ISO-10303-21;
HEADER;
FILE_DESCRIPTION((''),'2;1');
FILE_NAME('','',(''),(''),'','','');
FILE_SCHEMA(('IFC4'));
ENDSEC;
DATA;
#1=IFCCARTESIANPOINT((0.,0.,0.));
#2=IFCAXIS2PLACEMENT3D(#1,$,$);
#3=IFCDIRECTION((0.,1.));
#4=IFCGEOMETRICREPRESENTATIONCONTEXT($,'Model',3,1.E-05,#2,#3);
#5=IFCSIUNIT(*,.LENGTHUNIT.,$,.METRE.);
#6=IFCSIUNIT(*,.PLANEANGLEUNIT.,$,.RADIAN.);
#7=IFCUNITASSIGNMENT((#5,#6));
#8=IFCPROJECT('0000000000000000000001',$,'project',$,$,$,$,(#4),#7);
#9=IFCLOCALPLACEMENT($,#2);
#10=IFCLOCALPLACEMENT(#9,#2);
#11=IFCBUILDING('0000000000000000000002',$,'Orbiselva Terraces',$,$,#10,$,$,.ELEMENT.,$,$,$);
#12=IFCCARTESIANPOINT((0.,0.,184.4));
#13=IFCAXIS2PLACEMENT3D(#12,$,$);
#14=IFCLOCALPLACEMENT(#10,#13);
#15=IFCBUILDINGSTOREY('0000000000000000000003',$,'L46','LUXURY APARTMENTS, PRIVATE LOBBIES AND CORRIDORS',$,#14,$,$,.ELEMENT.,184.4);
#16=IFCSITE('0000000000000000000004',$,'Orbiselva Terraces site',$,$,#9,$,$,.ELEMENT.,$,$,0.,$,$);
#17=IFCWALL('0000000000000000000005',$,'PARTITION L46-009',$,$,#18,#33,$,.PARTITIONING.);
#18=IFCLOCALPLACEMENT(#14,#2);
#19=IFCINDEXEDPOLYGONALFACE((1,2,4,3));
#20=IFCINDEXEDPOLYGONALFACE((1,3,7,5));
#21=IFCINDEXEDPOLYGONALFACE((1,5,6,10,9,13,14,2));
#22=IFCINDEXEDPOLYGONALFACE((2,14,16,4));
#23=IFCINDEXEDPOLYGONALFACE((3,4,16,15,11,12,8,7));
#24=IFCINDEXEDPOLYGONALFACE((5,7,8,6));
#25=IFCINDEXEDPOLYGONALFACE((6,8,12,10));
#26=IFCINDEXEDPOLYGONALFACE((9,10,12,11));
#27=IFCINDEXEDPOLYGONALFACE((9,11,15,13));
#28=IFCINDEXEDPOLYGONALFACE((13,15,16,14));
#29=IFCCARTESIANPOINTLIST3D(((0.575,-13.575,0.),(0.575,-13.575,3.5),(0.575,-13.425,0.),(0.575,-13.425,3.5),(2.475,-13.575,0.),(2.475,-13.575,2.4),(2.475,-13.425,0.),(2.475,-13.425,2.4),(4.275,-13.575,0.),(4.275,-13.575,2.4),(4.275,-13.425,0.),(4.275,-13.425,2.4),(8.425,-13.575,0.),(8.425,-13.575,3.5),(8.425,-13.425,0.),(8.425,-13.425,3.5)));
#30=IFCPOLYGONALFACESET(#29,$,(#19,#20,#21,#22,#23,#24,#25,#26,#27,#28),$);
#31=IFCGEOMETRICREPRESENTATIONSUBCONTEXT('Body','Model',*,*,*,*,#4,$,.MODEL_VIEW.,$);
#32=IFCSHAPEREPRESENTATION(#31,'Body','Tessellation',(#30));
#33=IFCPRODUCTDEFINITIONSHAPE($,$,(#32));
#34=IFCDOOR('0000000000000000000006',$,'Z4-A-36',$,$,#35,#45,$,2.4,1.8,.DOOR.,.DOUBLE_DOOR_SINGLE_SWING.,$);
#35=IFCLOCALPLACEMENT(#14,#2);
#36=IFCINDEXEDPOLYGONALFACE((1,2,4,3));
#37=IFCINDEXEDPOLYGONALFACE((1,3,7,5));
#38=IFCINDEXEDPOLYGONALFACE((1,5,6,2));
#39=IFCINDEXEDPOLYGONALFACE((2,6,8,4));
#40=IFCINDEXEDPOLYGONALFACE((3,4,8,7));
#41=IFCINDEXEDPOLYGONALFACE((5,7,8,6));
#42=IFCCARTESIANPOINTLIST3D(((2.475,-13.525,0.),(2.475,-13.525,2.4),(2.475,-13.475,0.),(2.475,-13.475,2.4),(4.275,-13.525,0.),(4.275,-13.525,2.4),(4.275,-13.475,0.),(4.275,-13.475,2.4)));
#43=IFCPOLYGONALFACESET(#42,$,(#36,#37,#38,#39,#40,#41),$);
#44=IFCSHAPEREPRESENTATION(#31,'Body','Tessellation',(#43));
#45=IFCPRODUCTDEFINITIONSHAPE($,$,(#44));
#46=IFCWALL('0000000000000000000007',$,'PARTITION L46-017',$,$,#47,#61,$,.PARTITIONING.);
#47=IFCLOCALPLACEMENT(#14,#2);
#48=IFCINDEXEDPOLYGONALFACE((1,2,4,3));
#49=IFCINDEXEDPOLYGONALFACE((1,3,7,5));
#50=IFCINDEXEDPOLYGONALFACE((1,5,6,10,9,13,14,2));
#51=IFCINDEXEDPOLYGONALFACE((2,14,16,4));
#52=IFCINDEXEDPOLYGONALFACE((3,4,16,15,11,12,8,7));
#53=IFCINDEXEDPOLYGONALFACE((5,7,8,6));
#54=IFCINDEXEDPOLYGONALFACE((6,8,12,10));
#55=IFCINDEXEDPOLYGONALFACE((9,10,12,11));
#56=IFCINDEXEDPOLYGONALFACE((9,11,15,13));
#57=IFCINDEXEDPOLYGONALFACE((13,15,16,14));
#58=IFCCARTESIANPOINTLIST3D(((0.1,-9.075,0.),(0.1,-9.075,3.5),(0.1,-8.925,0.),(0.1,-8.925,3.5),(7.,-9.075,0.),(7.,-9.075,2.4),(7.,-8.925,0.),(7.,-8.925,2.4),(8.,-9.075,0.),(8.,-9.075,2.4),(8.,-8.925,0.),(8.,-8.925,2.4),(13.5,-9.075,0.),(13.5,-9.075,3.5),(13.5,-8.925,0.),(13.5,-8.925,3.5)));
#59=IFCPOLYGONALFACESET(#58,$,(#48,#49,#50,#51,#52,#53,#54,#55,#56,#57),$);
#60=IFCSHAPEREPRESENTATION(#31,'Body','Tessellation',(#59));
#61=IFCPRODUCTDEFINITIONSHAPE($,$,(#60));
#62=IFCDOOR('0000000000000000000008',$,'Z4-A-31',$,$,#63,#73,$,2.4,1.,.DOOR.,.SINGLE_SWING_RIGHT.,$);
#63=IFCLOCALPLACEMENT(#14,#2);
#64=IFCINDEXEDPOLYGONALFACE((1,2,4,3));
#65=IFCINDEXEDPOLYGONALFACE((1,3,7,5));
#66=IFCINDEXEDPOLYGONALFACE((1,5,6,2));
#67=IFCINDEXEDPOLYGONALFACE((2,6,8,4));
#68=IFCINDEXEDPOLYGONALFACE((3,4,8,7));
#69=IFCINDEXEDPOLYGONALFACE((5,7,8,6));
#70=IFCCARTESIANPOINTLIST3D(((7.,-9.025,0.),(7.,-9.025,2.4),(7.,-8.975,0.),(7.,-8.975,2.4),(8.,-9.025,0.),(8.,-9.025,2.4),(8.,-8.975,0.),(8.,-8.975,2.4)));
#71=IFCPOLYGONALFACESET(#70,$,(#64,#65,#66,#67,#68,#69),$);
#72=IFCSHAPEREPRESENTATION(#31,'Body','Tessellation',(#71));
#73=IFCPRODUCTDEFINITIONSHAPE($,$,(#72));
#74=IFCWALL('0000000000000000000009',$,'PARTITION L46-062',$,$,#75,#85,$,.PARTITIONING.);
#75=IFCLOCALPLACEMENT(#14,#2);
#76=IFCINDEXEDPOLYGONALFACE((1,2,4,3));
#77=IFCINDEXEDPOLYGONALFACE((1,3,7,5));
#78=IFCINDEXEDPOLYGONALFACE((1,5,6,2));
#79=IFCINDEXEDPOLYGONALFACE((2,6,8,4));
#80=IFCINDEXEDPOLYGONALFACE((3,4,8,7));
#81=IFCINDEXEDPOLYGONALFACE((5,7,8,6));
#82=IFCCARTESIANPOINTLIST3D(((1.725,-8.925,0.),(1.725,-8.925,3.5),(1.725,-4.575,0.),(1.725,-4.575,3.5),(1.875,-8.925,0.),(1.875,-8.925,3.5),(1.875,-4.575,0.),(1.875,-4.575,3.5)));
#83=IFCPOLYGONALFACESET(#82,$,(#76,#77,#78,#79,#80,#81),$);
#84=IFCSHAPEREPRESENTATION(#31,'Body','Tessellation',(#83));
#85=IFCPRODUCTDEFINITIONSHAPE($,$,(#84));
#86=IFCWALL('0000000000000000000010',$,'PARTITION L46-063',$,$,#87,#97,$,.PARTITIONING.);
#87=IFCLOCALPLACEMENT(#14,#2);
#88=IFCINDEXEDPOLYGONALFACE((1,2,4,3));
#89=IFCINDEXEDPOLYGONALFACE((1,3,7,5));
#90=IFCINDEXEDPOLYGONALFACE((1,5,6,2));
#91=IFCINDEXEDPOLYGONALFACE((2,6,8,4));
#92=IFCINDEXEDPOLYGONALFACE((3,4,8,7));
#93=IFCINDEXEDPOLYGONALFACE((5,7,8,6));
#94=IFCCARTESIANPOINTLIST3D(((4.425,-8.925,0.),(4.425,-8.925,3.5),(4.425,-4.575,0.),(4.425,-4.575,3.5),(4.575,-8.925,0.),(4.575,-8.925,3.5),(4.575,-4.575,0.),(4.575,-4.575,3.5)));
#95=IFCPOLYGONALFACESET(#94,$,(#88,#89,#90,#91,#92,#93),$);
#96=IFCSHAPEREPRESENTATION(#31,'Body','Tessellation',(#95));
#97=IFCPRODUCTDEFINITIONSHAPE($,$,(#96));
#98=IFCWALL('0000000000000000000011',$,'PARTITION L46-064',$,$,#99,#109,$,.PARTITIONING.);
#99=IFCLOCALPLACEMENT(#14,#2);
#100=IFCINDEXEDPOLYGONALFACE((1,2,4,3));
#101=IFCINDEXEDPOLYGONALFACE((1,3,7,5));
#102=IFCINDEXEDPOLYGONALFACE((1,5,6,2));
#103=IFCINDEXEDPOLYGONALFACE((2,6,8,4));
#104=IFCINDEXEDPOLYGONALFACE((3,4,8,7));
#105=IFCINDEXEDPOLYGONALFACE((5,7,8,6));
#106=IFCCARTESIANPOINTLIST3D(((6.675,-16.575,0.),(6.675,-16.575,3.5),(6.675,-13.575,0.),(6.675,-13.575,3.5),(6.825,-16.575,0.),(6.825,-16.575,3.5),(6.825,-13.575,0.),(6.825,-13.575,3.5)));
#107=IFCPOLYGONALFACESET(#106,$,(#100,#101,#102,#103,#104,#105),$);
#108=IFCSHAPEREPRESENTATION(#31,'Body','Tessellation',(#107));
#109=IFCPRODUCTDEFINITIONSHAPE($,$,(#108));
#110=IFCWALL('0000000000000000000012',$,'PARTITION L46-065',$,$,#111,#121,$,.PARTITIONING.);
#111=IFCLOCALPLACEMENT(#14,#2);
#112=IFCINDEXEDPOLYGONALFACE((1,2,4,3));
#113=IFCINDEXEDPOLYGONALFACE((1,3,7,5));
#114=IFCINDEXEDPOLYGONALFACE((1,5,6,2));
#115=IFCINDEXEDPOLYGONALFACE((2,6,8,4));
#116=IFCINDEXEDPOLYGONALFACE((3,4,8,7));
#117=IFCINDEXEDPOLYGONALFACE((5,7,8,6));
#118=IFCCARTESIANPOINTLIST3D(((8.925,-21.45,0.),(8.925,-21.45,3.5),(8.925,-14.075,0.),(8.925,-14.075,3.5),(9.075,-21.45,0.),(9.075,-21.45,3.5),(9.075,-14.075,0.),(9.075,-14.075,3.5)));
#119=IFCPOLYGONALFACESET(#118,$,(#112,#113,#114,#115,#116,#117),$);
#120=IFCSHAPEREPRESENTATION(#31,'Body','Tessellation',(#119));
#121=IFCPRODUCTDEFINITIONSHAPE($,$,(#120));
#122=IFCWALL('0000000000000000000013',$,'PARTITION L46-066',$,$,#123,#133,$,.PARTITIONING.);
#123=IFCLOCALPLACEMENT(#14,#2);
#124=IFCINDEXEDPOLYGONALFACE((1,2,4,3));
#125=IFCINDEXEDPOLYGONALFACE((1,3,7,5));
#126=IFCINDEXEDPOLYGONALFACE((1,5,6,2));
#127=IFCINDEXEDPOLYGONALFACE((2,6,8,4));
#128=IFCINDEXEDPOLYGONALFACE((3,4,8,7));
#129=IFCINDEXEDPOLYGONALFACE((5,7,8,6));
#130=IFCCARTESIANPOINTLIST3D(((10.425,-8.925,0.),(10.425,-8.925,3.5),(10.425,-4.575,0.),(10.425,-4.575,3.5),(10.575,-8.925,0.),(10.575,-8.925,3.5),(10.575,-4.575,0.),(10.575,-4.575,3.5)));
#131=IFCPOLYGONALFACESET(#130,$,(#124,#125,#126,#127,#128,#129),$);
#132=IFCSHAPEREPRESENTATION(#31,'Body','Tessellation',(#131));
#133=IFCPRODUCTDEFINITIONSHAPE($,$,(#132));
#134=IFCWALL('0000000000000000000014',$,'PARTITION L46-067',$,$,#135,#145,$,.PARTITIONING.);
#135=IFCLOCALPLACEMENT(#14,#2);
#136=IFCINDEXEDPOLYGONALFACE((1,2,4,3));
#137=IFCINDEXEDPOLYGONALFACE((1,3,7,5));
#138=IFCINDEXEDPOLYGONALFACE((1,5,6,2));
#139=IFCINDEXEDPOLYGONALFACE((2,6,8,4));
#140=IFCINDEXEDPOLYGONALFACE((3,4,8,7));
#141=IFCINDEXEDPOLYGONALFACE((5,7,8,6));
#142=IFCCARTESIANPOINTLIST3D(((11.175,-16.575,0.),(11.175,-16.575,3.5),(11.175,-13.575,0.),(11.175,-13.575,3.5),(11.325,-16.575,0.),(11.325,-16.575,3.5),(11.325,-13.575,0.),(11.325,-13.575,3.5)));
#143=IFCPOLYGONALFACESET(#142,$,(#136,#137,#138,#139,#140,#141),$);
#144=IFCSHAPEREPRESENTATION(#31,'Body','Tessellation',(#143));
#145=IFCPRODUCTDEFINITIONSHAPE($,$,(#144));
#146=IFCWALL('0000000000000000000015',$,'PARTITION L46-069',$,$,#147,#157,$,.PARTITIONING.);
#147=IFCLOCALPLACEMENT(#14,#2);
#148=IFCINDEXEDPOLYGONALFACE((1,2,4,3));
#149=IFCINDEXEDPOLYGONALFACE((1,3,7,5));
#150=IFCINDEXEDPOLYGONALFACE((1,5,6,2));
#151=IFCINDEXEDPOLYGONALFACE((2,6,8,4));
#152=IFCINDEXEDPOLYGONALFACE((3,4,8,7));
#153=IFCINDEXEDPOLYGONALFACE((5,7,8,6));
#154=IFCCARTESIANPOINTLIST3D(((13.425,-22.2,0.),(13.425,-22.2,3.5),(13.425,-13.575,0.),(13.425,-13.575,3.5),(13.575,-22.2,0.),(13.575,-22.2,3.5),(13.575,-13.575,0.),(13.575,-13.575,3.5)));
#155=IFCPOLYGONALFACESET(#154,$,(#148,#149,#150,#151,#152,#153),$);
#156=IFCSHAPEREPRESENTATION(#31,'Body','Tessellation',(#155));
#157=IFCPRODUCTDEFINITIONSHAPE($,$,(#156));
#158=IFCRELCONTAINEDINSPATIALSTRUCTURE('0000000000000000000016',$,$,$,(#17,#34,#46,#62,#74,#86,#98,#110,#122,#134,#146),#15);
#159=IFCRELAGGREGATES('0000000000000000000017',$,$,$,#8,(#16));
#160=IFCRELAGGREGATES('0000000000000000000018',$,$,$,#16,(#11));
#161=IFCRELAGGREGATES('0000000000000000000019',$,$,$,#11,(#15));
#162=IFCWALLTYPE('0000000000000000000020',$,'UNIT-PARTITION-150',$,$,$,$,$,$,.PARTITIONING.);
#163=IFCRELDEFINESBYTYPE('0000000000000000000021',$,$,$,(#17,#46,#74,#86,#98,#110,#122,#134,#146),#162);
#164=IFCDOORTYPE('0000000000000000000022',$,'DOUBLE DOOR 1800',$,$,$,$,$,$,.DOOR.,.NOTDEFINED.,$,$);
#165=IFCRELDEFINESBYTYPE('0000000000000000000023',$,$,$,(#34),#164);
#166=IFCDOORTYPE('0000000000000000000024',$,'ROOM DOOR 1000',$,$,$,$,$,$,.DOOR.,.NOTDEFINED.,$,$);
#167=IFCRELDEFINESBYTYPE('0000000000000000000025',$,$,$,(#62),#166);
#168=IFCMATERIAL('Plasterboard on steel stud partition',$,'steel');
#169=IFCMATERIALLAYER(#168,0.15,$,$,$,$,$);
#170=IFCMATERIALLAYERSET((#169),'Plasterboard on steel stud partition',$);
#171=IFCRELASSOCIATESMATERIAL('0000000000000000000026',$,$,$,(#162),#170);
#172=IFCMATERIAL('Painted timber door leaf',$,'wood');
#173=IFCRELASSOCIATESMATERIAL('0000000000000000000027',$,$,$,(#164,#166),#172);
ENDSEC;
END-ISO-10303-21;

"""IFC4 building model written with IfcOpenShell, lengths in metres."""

from ifc_helpers import new_model, si_unit, direction, frame, frame_2d, origin, place, context, subcontext, project, spatial, rectangle, extrude, material, layer, layer_set, type_object, element, fill, save


model = new_model("IFC4")

# Units and contexts
model_context = context("Model", 3, precision=1e-05, world=origin(), true_north=direction((0.0, 1.0)))
body_context = subcontext(model_context, "Body", "Model", "MODEL_VIEW")
ifc_project = project(units=[si_unit("LENGTHUNIT", "METRE"), si_unit("PLANEANGLEUNIT", "RADIAN")], contexts=[model_context])

# Site, building, storey
site_placement = place(None, origin())
site = spatial("IfcSite", under=ifc_project, at=site_placement, Name="Orbiselva Terraces site", CompositionType="ELEMENT", RefElevation=0.0)
building_placement = place(site_placement, origin())
building = spatial("IfcBuilding", under=site, at=building_placement, Name="Orbiselva Terraces", CompositionType="ELEMENT")
storey_placement = place(building_placement, frame((0.0, 0.0, 184.4)))
storey = spatial("IfcBuildingStorey", under=building, at=storey_placement, Name="L46", Description="LUXURY APARTMENTS, PRIVATE LOBBIES AND CORRIDORS", CompositionType="ELEMENT", Elevation=184.4)

# Shared definitions
ifc_material_1 = material(Name="Plasterboard on steel stud partition", Category="steel")

# Walls, openings, doors
ifc_layer_1 = layer(ifc_material_1, 0.15)
ifc_layer_set_1 = layer_set([ifc_layer_1], Name="Plasterboard on steel stud partition")
wall_type_1 = type_object("IfcWallType", Name="UNIT-PARTITION-150", PredefinedType="PARTITIONING", material=ifc_layer_set_1)
ifc_material_2 = material(Name="Painted timber door leaf", Category="wood")
wall_1_placement = place(storey_placement, frame((8.425, -13.5, 0.0), z_axis=(0.0, 0.0, 1.0), x_axis=(-1.0, 0.0, 0.0)))
wall_1 = element("IfcWall", 1, at=wall_1_placement, inside=storey, type_object=wall_type_1, Name="PARTITION L46-009", PredefinedType="PARTITIONING", context=body_context, shape_type="SweptSolid", body=[
    extrude(rectangle(XDim=7.85, YDim=0.15, at=frame_2d((3.925, 0.0))), origin(), (0.0, 0.0, 1.0), 3.5),
])
opening_1_placement = place(wall_1_placement, frame((4.15, 0.0, 0.0)))
opening_1 = element("IfcOpeningElement", 2, at=opening_1_placement, cuts=wall_1, PredefinedType="OPENING", context=body_context, shape_type="SweptSolid", body=[
    extrude(rectangle(XDim=1.8, YDim=2.4, at=frame_2d((0.9, 1.2))), frame((0.0, 0.085, 0.0), z_axis=(0.0, -1.0, 0.0), x_axis=(1.0, 0.0, 0.0)), (0.0, 0.0, 1.0), 0.17),
])
door_type_1 = type_object("IfcDoorType", Name="DOUBLE DOOR 1800", OperationType="NOTDEFINED", PredefinedType="DOOR", material=ifc_material_2)
door_1_placement = place(opening_1_placement, origin())
door_1 = element("IfcDoor", 3, at=door_1_placement, inside=storey, type_object=door_type_1, Name="Z4-A-36", OperationType="DOUBLE_DOOR_SINGLE_SWING", OverallHeight=2.4, OverallWidth=1.8, PredefinedType="DOOR", context=body_context, shape_type="SweptSolid", body=[
    extrude(rectangle(XDim=1.8, YDim=2.4, at=frame_2d((0.9, 1.2))), frame((0.0, 0.025, 0.0), z_axis=(0.0, -1.0, 0.0), x_axis=(1.0, 0.0, 0.0)), (0.0, 0.0, 1.0), 0.05),
])
fill(opening_1, door_1)
wall_2_placement = place(storey_placement, frame((0.1, -9.0, 0.0), z_axis=(0.0, 0.0, 1.0), x_axis=(1.0, 0.0, 0.0)))
wall_2 = element("IfcWall", 4, at=wall_2_placement, inside=storey, type_object=wall_type_1, Name="PARTITION L46-017", PredefinedType="PARTITIONING", context=body_context, shape_type="SweptSolid", body=[
    extrude(rectangle(XDim=13.4, YDim=0.15, at=frame_2d((6.7, 0.0))), origin(), (0.0, 0.0, 1.0), 3.5),
])
opening_2_placement = place(wall_2_placement, frame((6.9, 0.0, 0.0)))
opening_2 = element("IfcOpeningElement", 5, at=opening_2_placement, cuts=wall_2, PredefinedType="OPENING", context=body_context, shape_type="SweptSolid", body=[
    extrude(rectangle(XDim=1.0, YDim=2.4, at=frame_2d((0.5, 1.2))), frame((0.0, 0.085, 0.0), z_axis=(0.0, -1.0, 0.0), x_axis=(1.0, 0.0, 0.0)), (0.0, 0.0, 1.0), 0.17),
])
door_type_2 = type_object("IfcDoorType", Name="ROOM DOOR 1000", OperationType="NOTDEFINED", PredefinedType="DOOR", material=ifc_material_2)
door_2_placement = place(opening_2_placement, origin())
door_2 = element("IfcDoor", 6, at=door_2_placement, inside=storey, type_object=door_type_2, Name="Z4-A-31", OperationType="SINGLE_SWING_RIGHT", OverallHeight=2.4, OverallWidth=1.0, PredefinedType="DOOR", context=body_context, shape_type="SweptSolid", body=[
    extrude(rectangle(XDim=1.0, YDim=2.4, at=frame_2d((0.5, 1.2))), frame((0.0, 0.025, 0.0), z_axis=(0.0, -1.0, 0.0), x_axis=(1.0, 0.0, 0.0)), (0.0, 0.0, 1.0), 0.05),
])
fill(opening_2, door_2)

# Walls
for number, where, z_axis, x_axis, name in (
    (7, (1.8, -8.925, 0.0), (0.0, 0.0, 1.0), (0.0, 1.0, 0.0), "PARTITION L46-062"),
    (8, (4.5, -8.925, 0.0), (0.0, 0.0, 1.0), (0.0, 1.0, 0.0), "PARTITION L46-063"),
):
    element("IfcWall", number, at=place(storey_placement, frame(where, z_axis=z_axis, x_axis=x_axis)), inside=storey, type_object=wall_type_1, Name=name, PredefinedType="PARTITIONING", context=body_context, shape_type="SweptSolid", body=[
        extrude(rectangle(XDim=4.35, YDim=0.15, at=frame_2d((2.175, 0.0))), origin(), (0.0, 0.0, 1.0), 3.5),
    ])
wall_3_placement = place(storey_placement, frame((6.75, -16.575, 0.0), z_axis=(0.0, 0.0, 1.0), x_axis=(0.0, 1.0, 0.0)))
element("IfcWall", 9, at=wall_3_placement, inside=storey, type_object=wall_type_1, Name="PARTITION L46-064", PredefinedType="PARTITIONING", context=body_context, shape_type="SweptSolid", body=[
    extrude(rectangle(XDim=3.0, YDim=0.15, at=frame_2d((1.5, 0.0))), origin(), (0.0, 0.0, 1.0), 3.5),
])
wall_4_placement = place(storey_placement, frame((9.0, -21.45, 0.0), z_axis=(0.0, 0.0, 1.0), x_axis=(0.0, 1.0, 0.0)))
element("IfcWall", 10, at=wall_4_placement, inside=storey, type_object=wall_type_1, Name="PARTITION L46-065", PredefinedType="PARTITIONING", context=body_context, shape_type="SweptSolid", body=[
    extrude(rectangle(XDim=7.375, YDim=0.15, at=frame_2d((3.6875, 0.0))), origin(), (0.0, 0.0, 1.0), 3.5),
])
wall_5_placement = place(storey_placement, frame((10.5, -8.925, 0.0), z_axis=(0.0, 0.0, 1.0), x_axis=(0.0, 1.0, 0.0)))
element("IfcWall", 11, at=wall_5_placement, inside=storey, type_object=wall_type_1, Name="PARTITION L46-066", PredefinedType="PARTITIONING", context=body_context, shape_type="SweptSolid", body=[
    extrude(rectangle(XDim=4.35, YDim=0.15, at=frame_2d((2.175, 0.0))), origin(), (0.0, 0.0, 1.0), 3.5),
])
wall_6_placement = place(storey_placement, frame((11.25, -16.575, 0.0), z_axis=(0.0, 0.0, 1.0), x_axis=(0.0, 1.0, 0.0)))
element("IfcWall", 12, at=wall_6_placement, inside=storey, type_object=wall_type_1, Name="PARTITION L46-067", PredefinedType="PARTITIONING", context=body_context, shape_type="SweptSolid", body=[
    extrude(rectangle(XDim=3.0, YDim=0.15, at=frame_2d((1.5, 0.0))), origin(), (0.0, 0.0, 1.0), 3.5),
])
wall_7_placement = place(storey_placement, frame((13.5, -22.2, 0.0), z_axis=(0.0, 0.0, 1.0), x_axis=(0.0, 1.0, 0.0)))
element("IfcWall", 13, at=wall_7_placement, inside=storey, type_object=wall_type_1, Name="PARTITION L46-069", PredefinedType="PARTITIONING", context=body_context, shape_type="SweptSolid", body=[
    extrude(rectangle(XDim=8.625, YDim=0.15, at=frame_2d((4.3125, 0.0))), origin(), (0.0, 0.0, 1.0), 3.5),
])

save(model, "model.ifc")
